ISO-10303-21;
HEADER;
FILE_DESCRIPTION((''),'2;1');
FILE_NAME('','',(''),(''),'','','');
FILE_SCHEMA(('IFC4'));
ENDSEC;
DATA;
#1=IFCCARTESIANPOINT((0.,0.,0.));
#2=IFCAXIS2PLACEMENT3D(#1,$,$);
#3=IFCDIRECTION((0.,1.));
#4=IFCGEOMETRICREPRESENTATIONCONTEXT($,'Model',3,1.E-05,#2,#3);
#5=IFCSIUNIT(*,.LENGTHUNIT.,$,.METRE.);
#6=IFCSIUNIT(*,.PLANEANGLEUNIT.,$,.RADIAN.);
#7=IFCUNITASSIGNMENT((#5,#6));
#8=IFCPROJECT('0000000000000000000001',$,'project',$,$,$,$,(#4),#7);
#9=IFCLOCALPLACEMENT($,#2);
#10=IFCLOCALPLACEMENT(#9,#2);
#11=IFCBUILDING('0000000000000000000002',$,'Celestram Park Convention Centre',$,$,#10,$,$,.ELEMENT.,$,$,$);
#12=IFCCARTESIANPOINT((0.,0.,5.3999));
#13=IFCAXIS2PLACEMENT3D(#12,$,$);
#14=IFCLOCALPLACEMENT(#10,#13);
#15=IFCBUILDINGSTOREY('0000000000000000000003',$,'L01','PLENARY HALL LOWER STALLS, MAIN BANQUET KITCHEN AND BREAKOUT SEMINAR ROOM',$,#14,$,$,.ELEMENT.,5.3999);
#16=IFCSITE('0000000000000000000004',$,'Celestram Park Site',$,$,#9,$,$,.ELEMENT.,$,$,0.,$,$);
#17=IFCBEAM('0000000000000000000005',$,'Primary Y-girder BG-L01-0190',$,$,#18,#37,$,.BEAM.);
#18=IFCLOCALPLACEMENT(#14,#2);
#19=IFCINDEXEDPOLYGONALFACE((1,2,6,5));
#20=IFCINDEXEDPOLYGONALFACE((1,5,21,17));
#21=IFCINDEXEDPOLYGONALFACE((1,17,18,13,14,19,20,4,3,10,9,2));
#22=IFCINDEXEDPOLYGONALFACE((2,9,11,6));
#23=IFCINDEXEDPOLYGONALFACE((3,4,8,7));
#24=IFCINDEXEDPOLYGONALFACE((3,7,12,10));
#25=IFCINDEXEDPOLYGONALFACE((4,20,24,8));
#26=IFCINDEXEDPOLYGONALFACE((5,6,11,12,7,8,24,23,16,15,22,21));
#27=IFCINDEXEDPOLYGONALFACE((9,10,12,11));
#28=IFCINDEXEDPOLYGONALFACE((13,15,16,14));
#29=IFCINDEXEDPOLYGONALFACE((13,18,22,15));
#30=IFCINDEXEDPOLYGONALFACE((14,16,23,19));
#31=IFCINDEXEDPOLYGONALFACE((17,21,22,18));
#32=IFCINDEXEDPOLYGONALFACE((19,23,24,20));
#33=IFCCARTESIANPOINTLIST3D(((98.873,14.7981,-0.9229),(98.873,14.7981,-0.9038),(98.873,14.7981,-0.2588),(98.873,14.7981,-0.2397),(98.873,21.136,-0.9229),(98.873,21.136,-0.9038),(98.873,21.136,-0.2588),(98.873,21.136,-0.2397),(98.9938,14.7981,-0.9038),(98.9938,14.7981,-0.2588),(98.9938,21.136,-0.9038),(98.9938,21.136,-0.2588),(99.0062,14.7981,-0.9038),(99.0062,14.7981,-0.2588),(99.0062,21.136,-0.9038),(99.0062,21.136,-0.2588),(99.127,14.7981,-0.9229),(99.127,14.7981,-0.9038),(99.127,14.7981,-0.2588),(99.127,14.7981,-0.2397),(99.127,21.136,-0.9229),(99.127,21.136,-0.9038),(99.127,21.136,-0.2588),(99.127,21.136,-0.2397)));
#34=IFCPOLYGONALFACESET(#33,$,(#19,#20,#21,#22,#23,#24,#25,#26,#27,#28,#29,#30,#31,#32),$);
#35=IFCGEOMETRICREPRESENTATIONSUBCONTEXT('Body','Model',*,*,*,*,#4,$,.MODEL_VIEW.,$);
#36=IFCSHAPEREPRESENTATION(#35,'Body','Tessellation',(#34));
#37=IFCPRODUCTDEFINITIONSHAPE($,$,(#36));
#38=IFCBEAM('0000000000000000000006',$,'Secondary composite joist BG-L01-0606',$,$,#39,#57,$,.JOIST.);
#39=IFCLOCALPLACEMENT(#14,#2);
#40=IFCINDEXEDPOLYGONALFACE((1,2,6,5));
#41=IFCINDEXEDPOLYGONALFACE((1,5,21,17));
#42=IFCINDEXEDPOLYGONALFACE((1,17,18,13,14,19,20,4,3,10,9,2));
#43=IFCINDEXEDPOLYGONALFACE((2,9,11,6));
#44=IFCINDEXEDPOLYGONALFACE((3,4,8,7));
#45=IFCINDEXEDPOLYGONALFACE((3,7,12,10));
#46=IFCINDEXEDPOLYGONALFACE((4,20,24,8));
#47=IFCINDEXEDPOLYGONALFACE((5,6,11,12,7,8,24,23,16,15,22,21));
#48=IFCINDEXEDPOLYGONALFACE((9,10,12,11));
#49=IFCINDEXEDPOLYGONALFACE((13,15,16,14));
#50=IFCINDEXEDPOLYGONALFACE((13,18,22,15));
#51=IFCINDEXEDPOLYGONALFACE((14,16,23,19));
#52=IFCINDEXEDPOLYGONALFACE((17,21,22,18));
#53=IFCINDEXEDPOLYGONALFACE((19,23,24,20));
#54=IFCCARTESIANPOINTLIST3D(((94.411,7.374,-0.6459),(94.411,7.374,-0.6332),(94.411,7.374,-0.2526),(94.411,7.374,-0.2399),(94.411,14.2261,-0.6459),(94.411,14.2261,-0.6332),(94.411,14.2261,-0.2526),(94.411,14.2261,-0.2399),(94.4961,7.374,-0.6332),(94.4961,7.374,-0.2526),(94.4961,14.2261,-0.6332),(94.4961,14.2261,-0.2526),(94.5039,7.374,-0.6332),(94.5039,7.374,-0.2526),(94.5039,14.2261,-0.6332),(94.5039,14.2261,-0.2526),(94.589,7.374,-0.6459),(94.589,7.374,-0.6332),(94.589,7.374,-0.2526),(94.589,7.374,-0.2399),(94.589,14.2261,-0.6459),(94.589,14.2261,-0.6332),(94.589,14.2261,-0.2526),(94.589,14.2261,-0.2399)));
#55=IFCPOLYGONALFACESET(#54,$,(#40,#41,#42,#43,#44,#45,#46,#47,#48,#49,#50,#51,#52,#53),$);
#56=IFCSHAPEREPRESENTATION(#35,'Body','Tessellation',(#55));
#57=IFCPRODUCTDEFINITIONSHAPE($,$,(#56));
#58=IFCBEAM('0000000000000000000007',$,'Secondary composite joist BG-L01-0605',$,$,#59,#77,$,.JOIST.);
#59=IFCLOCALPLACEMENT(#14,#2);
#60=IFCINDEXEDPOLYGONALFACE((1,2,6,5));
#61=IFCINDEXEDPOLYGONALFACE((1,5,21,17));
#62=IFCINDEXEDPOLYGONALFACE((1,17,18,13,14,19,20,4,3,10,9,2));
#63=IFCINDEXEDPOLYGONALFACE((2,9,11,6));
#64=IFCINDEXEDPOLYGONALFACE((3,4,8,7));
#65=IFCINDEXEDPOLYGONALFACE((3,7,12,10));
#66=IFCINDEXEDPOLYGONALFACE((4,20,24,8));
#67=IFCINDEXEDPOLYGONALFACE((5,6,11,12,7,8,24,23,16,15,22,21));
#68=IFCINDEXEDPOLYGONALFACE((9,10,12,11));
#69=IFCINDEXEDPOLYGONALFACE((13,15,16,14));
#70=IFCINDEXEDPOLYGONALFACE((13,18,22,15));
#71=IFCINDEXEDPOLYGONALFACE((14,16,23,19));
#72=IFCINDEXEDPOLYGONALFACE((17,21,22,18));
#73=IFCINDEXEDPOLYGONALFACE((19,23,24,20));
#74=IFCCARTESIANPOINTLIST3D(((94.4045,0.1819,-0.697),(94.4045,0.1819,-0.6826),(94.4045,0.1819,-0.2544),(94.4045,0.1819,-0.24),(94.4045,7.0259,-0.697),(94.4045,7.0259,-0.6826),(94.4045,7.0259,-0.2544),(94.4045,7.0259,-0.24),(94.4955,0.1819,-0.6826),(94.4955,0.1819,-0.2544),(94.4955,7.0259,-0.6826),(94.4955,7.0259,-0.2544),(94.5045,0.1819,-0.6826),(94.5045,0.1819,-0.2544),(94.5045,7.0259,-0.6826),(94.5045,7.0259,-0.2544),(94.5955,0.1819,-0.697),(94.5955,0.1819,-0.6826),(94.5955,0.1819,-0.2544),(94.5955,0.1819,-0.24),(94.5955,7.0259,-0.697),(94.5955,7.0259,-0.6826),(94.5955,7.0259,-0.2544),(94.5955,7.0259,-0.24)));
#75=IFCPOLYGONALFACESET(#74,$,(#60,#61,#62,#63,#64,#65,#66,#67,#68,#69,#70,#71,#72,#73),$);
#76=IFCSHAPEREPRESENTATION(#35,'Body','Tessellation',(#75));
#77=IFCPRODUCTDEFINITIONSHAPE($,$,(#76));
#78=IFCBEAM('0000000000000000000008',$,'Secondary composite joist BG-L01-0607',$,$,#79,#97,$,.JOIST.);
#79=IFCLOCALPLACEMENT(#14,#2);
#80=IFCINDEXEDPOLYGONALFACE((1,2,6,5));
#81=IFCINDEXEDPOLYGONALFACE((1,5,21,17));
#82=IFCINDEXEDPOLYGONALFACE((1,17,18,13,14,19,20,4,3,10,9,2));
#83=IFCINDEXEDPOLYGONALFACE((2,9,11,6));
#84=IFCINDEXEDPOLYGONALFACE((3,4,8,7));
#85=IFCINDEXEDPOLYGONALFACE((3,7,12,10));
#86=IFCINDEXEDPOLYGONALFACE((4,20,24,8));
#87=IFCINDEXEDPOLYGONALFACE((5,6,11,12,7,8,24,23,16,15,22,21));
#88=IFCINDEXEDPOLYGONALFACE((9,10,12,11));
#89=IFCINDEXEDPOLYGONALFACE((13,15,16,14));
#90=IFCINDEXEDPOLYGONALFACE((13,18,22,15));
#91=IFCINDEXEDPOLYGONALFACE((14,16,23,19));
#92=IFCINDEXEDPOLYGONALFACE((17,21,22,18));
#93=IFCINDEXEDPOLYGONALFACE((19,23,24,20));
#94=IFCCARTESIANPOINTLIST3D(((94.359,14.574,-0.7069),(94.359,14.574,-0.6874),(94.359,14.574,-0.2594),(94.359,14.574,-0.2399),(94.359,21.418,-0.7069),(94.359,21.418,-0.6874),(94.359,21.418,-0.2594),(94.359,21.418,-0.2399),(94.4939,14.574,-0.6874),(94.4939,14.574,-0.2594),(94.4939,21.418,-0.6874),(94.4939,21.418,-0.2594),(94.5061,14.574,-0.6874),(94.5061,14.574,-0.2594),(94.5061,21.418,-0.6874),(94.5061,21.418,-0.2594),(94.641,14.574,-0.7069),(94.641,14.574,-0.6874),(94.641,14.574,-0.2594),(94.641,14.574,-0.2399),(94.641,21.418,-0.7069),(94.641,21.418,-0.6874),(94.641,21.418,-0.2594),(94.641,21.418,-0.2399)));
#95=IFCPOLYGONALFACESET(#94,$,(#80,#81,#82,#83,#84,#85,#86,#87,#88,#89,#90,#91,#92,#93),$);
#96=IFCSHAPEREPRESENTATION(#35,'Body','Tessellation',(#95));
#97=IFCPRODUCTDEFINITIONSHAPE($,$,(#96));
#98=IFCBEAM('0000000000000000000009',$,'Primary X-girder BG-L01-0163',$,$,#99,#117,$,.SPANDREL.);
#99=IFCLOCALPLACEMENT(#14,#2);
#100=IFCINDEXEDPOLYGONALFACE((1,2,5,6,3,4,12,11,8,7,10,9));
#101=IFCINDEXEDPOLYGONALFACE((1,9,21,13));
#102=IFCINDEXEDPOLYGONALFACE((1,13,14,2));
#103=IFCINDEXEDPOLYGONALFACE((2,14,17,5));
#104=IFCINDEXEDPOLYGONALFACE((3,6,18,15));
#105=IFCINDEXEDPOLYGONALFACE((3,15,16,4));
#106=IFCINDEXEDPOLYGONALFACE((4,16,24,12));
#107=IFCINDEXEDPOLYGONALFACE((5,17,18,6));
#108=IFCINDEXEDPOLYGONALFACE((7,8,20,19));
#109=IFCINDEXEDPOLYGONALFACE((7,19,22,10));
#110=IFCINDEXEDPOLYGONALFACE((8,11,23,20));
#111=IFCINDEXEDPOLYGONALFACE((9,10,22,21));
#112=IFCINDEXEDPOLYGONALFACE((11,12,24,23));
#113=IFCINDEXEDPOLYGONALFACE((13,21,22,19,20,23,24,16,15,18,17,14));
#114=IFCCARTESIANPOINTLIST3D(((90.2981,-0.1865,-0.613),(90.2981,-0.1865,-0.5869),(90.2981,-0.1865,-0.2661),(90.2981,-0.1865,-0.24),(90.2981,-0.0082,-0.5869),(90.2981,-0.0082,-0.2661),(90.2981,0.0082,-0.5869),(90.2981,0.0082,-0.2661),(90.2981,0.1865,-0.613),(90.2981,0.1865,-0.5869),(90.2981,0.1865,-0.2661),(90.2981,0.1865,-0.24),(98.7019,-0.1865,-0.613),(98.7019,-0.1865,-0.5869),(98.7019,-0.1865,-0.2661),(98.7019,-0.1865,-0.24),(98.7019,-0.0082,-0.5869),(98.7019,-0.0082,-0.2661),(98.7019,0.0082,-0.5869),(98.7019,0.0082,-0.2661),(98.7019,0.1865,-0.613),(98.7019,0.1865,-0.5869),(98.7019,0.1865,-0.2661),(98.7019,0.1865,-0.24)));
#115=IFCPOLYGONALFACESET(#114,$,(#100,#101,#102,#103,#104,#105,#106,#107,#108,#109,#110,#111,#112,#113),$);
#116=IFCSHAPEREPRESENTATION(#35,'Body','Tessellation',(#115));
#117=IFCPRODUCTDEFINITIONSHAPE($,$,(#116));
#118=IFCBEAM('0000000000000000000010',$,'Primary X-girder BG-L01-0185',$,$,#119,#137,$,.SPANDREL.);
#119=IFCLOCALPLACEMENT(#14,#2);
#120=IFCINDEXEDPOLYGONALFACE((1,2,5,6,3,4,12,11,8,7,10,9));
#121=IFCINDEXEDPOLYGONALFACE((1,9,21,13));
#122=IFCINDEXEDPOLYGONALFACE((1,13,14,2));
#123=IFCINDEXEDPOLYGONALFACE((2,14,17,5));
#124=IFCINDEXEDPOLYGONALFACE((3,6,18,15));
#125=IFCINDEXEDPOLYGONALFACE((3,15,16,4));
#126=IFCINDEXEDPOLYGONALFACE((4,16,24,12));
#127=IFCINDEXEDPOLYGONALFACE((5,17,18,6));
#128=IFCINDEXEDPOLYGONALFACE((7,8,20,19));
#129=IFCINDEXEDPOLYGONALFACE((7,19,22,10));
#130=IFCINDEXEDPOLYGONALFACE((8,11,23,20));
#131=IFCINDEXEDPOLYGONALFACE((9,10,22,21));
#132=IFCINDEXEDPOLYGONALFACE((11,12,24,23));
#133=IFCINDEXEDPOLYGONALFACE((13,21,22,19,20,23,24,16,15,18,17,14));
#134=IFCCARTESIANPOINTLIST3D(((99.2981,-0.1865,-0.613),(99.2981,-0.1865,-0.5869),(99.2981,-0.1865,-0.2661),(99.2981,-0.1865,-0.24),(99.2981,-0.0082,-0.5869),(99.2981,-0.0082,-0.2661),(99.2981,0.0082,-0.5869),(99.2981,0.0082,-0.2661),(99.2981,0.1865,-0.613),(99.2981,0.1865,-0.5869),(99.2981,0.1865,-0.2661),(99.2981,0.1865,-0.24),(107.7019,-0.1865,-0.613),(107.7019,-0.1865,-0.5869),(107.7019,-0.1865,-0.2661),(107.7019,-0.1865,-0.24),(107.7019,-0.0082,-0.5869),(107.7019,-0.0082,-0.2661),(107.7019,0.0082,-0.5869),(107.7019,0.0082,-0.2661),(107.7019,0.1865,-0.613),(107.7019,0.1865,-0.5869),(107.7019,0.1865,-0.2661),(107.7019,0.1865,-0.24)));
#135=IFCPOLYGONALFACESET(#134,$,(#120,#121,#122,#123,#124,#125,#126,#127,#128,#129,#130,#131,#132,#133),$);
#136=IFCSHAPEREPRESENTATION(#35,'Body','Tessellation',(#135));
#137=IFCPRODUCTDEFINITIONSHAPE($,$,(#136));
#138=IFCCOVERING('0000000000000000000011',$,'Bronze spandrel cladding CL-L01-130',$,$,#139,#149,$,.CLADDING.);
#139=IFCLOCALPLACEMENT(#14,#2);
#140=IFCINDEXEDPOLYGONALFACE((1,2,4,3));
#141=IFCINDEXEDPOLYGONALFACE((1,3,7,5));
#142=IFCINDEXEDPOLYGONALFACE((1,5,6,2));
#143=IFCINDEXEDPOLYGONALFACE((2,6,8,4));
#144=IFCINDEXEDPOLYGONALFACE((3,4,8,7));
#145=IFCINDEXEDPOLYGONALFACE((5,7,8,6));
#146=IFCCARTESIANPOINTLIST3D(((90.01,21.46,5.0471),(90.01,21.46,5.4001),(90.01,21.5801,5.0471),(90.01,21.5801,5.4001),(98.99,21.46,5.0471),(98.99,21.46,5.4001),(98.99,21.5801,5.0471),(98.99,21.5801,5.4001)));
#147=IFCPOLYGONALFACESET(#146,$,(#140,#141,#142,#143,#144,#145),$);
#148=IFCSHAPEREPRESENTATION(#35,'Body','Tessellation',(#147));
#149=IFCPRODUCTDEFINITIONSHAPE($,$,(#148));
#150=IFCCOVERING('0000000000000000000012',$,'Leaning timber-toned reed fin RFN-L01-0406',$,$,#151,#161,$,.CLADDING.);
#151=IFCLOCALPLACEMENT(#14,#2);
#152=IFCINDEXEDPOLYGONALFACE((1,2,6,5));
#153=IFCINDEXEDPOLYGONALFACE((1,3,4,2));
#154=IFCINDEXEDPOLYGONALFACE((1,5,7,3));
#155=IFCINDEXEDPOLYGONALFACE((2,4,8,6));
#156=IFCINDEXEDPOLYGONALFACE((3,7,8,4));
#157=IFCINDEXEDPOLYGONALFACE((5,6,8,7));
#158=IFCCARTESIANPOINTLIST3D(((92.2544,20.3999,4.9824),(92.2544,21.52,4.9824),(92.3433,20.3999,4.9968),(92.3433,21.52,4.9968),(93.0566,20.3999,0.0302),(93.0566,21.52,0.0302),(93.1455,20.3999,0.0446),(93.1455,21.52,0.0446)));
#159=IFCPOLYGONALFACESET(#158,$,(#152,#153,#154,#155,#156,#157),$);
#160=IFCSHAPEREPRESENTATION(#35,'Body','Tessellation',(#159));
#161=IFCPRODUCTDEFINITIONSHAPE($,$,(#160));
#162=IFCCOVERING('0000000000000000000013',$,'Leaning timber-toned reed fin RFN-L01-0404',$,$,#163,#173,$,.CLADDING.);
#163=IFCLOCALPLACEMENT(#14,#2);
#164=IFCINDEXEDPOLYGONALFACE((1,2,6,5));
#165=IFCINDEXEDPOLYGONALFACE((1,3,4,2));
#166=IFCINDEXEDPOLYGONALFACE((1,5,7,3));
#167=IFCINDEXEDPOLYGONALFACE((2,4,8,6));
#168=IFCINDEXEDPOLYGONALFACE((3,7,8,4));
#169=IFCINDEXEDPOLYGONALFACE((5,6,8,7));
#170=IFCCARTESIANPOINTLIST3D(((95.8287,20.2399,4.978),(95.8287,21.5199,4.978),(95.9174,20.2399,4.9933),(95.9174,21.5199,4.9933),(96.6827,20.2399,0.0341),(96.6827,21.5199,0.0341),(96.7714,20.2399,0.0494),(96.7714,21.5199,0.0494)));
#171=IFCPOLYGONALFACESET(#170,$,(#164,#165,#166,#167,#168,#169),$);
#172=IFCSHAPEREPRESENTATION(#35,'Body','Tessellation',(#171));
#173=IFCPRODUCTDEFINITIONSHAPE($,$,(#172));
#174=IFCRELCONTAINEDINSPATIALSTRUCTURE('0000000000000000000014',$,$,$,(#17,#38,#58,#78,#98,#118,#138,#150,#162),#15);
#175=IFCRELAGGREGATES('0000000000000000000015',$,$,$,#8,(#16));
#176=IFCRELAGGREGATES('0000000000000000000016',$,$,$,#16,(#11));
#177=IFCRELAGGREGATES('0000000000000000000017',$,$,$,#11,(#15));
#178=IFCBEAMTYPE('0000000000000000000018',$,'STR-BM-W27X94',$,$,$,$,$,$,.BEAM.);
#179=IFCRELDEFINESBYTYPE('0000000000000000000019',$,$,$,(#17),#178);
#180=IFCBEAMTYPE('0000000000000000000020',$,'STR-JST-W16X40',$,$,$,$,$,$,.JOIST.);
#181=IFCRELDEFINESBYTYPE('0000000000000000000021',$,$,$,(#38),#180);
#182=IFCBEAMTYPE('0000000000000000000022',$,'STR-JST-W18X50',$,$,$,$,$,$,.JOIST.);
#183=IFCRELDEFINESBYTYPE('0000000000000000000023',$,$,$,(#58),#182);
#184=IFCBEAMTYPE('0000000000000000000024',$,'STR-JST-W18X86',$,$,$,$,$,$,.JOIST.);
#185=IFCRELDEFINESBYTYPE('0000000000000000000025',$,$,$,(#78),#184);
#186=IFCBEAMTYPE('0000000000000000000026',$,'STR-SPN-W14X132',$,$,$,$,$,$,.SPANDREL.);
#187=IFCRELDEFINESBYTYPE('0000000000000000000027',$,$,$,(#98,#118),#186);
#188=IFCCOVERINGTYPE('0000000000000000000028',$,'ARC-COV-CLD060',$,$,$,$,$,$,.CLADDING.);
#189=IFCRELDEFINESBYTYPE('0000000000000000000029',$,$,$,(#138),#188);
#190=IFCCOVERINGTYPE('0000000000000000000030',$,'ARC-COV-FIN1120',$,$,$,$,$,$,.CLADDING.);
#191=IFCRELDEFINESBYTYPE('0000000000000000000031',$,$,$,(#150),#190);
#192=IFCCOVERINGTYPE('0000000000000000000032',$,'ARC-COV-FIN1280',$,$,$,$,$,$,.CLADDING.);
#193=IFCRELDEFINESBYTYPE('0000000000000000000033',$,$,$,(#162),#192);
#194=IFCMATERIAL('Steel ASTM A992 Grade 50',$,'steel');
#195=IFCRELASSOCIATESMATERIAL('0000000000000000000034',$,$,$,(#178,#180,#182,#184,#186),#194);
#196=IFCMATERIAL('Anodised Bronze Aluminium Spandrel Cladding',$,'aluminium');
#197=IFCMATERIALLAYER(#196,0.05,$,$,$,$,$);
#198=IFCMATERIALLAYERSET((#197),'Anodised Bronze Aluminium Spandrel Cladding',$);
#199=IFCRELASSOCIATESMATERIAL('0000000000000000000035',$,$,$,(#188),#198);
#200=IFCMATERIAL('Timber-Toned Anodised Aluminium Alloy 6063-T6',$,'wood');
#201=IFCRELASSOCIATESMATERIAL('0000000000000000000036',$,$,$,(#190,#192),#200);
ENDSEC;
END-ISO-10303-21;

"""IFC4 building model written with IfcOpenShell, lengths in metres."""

from ifc_helpers import new_model, si_unit, direction, frame, origin, origin_2d, place, context, subcontext, project, spatial, rectangle, i_section, extrude, material, layer, layer_set, material_profile, profile_set, type_object, element, save


model = new_model("IFC4")

# Units and contexts
model_context = context("Model", 3, precision=1e-05, world=origin(), true_north=direction((0.0, 1.0)))
body_context = subcontext(model_context, "Body", "Model", "MODEL_VIEW")
ifc_project = project(units=[si_unit("LENGTHUNIT", "METRE"), si_unit("PLANEANGLEUNIT", "RADIAN")], contexts=[model_context])

# Site, building, storey
site_placement = place(None, origin())
site = spatial("IfcSite", under=ifc_project, at=site_placement, Name="Celestram Park Site", CompositionType="ELEMENT", RefElevation=0.0)
building_placement = place(site_placement, origin())
building = spatial("IfcBuilding", under=site, at=building_placement, Name="Celestram Park Convention Centre", CompositionType="ELEMENT")
storey_placement = place(building_placement, frame((0.0, 0.0, 5.3999)))
storey = spatial("IfcBuildingStorey", under=building, at=storey_placement, Name="L01", Description="PLENARY HALL LOWER STALLS, MAIN BANQUET KITCHEN AND BREAKOUT SEMINAR ROOM", CompositionType="ELEMENT", Elevation=5.3999)

# Beams
ifc_material_1 = material(Name="Steel ASTM A992 Grade 50", Category="steel")
ifc_material_profile_1 = material_profile(ifc_material_1, i_section(OverallWidth=0.2539, OverallDepth=0.6831, WebThickness=0.0125, FlangeThickness=0.019, at=origin_2d()), Name="W27X94")
ifc_profile_set_1 = profile_set([ifc_material_profile_1], Name="Steel ASTM A992 Grade 50")
beam_type_1 = type_object("IfcBeamType", Name="STR-BM-W27X94", PredefinedType="BEAM", material=ifc_profile_set_1)
beam_1_placement = place(storey_placement, frame((99.0, 14.7981, -0.5813), z_axis=(0.0, 1.0, 0.0), x_axis=(-1.0, 0.0, 0.0)))
element("IfcBeam", 1, at=beam_1_placement, inside=storey, type_object=beam_type_1, Name="Primary Y-girder BG-L01-0190", PredefinedType="BEAM", context=body_context, shape_type="SweptSolid", body=[
    extrude(i_section(OverallWidth=0.2539, OverallDepth=0.6831, WebThickness=0.0125, FlangeThickness=0.019, at=origin_2d()), origin(), (0.0, 0.0, 1.0), 6.3379),
])
ifc_material_profile_2 = material_profile(ifc_material_1, i_section(OverallWidth=0.178, OverallDepth=0.406, WebThickness=0.0078, FlangeThickness=0.0127, at=origin_2d()), Name="W16X40")
ifc_profile_set_2 = profile_set([ifc_material_profile_2], Name="Steel ASTM A992 Grade 50")
beam_type_2 = type_object("IfcBeamType", Name="STR-JST-W16X40", PredefinedType="JOIST", material=ifc_profile_set_2)
beam_2_placement = place(storey_placement, frame((94.5, 7.374, -0.4429), z_axis=(0.0, 1.0, 0.0), x_axis=(-1.0, 0.0, 0.0)))
element("IfcBeam", 2, at=beam_2_placement, inside=storey, type_object=beam_type_2, Name="Secondary composite joist BG-L01-0606", PredefinedType="JOIST", context=body_context, shape_type="SweptSolid", body=[
    extrude(i_section(OverallWidth=0.178, OverallDepth=0.406, WebThickness=0.0078, FlangeThickness=0.0127, at=origin_2d()), origin(), (0.0, 0.0, 1.0), 6.8521),
])
ifc_material_profile_3 = material_profile(ifc_material_1, i_section(OverallWidth=0.1909, OverallDepth=0.457, WebThickness=0.009, FlangeThickness=0.0144, at=origin_2d()), Name="W18X50")
ifc_profile_set_3 = profile_set([ifc_material_profile_3], Name="Steel ASTM A992 Grade 50")
beam_type_3 = type_object("IfcBeamType", Name="STR-JST-W18X50", PredefinedType="JOIST", material=ifc_profile_set_3)
beam_3_placement = place(storey_placement, frame((94.5, 0.1819, -0.4685), z_axis=(0.0, 1.0, 0.0), x_axis=(-1.0, 0.0, 0.0)))
element("IfcBeam", 3, at=beam_3_placement, inside=storey, type_object=beam_type_3, Name="Secondary composite joist BG-L01-0605", PredefinedType="JOIST", context=body_context, shape_type="SweptSolid", body=[
    extrude(i_section(OverallWidth=0.1909, OverallDepth=0.457, WebThickness=0.009, FlangeThickness=0.0144, at=origin_2d()), origin(), (0.0, 0.0, 1.0), 6.844),
])
ifc_material_profile_4 = material_profile(ifc_material_1, i_section(OverallWidth=0.282, OverallDepth=0.467, WebThickness=0.0122, FlangeThickness=0.0195, at=origin_2d()), Name="W18X86")
ifc_profile_set_4 = profile_set([ifc_material_profile_4], Name="Steel ASTM A992 Grade 50")
beam_type_4 = type_object("IfcBeamType", Name="STR-JST-W18X86", PredefinedType="JOIST", material=ifc_profile_set_4)
beam_4_placement = place(storey_placement, frame((94.5, 14.574, -0.4734), z_axis=(0.0, 1.0, 0.0), x_axis=(-1.0, 0.0, 0.0)))
element("IfcBeam", 4, at=beam_4_placement, inside=storey, type_object=beam_type_4, Name="Secondary composite joist BG-L01-0607", PredefinedType="JOIST", context=body_context, shape_type="SweptSolid", body=[
    extrude(i_section(OverallWidth=0.282, OverallDepth=0.467, WebThickness=0.0122, FlangeThickness=0.0195, at=origin_2d()), origin(), (0.0, 0.0, 1.0), 6.844),
])
ifc_material_profile_5 = material_profile(ifc_material_1, i_section(OverallWidth=0.373, OverallDepth=0.373, WebThickness=0.0164, FlangeThickness=0.0261, at=origin_2d()), Name="W14X132")
ifc_profile_set_5 = profile_set([ifc_material_profile_5], Name="Steel ASTM A992 Grade 50")
beam_type_5 = type_object("IfcBeamType", Name="STR-SPN-W14X132", PredefinedType="SPANDREL", material=ifc_profile_set_5)
for number, where, z_axis, x_axis, name in (
    (5, (90.2981, 0.0, -0.4265), (1.0, 0.0, 0.0), (0.0, 1.0, 0.0), "Primary X-girder BG-L01-0163"),
    (6, (99.2981, 0.0, -0.4265), (1.0, 0.0, 0.0), (0.0, 1.0, 0.0), "Primary X-girder BG-L01-0185"),
):
    element("IfcBeam", number, at=place(storey_placement, frame(where, z_axis=z_axis, x_axis=x_axis)), inside=storey, type_object=beam_type_5, Name=name, PredefinedType="SPANDREL", context=body_context, shape_type="SweptSolid", body=[
        extrude(i_section(OverallWidth=0.373, OverallDepth=0.373, WebThickness=0.0164, FlangeThickness=0.0261, at=origin_2d()), origin(), (0.0, 0.0, 1.0), 8.4038),
    ])

# Coverings
ifc_material_2 = material(Name="Anodised Bronze Aluminium Spandrel Cladding", Category="aluminium")
ifc_layer = layer(ifc_material_2, 0.05)
ifc_layer_set = layer_set([ifc_layer], Name="Anodised Bronze Aluminium Spandrel Cladding")
covering_type_1 = type_object("IfcCoveringType", Name="ARC-COV-CLD060", PredefinedType="CLADDING", material=ifc_layer_set)
covering_1_placement = place(storey_placement, frame((94.5, 21.52, 5.0471), z_axis=(0.0, 0.0, 1.0), x_axis=(-1.0, 0.0, 0.0)))
element("IfcCovering", 7, at=covering_1_placement, inside=storey, type_object=covering_type_1, Name="Bronze spandrel cladding CL-L01-130", PredefinedType="CLADDING", context=body_context, shape_type="SweptSolid", body=[
    extrude(rectangle(XDim=8.98, YDim=0.1201, at=origin_2d()), origin(), (0.0, 0.0, 1.0), 0.353),
])
ifc_material_3 = material(Name="Timber-Toned Anodised Aluminium Alloy 6063-T6", Category="wood")
ifc_material_profile_6 = material_profile(ifc_material_3, rectangle(XDim=1.1201, YDim=0.0901, at=origin_2d()), Name="REED1120X90")
ifc_profile_set_6 = profile_set([ifc_material_profile_6], Name="Timber-Toned Anodised Aluminium Alloy 6063-T6")
covering_type_2 = type_object("IfcCoveringType", Name="ARC-COV-FIN1120", PredefinedType="CLADDING", material=ifc_profile_set_6)
covering_2_placement = place(storey_placement, frame((93.1011, 20.96, 0.0374), z_axis=(-0.159907, 0.0, 0.987132), x_axis=(0.0, -1.0, 0.0)))
element("IfcCovering", 8, at=covering_2_placement, inside=storey, type_object=covering_type_2, Name="Leaning timber-toned reed fin RFN-L01-0406", PredefinedType="CLADDING", context=body_context, shape_type="SweptSolid", body=[
    extrude(rectangle(XDim=1.1201, YDim=0.0901, at=origin_2d()), origin(), (0.0, 0.0, 1.0), 5.0168),
])
ifc_material_profile_7 = material_profile(ifc_material_3, rectangle(XDim=1.28, YDim=0.0901, at=origin_2d()), Name="REED1280X90")
ifc_profile_set_7 = profile_set([ifc_material_profile_7], Name="Timber-Toned Anodised Aluminium Alloy 6063-T6")
covering_type_3 = type_object("IfcCoveringType", Name="ARC-COV-FIN1280", PredefinedType="CLADDING", material=ifc_profile_set_7)
for number, where, z_axis, x_axis, name in (
    (9, (96.7271, 20.8799, 0.0417), (-0.17022, 0.0, 0.985406), (0.0, -1.0, 0.0), "Leaning timber-toned reed fin RFN-L01-0404"),
):
    element("IfcCovering", number, at=place(storey_placement, frame(where, z_axis=z_axis, x_axis=x_axis)), inside=storey, type_object=covering_type_3, Name=name, PredefinedType="CLADDING", context=body_context, shape_type="SweptSolid", body=[
        extrude(rectangle(XDim=1.28, YDim=0.0901, at=origin_2d()), origin(), (0.0, 0.0, 1.0), 5.0171),
    ])

save(model, "model.ifc")
